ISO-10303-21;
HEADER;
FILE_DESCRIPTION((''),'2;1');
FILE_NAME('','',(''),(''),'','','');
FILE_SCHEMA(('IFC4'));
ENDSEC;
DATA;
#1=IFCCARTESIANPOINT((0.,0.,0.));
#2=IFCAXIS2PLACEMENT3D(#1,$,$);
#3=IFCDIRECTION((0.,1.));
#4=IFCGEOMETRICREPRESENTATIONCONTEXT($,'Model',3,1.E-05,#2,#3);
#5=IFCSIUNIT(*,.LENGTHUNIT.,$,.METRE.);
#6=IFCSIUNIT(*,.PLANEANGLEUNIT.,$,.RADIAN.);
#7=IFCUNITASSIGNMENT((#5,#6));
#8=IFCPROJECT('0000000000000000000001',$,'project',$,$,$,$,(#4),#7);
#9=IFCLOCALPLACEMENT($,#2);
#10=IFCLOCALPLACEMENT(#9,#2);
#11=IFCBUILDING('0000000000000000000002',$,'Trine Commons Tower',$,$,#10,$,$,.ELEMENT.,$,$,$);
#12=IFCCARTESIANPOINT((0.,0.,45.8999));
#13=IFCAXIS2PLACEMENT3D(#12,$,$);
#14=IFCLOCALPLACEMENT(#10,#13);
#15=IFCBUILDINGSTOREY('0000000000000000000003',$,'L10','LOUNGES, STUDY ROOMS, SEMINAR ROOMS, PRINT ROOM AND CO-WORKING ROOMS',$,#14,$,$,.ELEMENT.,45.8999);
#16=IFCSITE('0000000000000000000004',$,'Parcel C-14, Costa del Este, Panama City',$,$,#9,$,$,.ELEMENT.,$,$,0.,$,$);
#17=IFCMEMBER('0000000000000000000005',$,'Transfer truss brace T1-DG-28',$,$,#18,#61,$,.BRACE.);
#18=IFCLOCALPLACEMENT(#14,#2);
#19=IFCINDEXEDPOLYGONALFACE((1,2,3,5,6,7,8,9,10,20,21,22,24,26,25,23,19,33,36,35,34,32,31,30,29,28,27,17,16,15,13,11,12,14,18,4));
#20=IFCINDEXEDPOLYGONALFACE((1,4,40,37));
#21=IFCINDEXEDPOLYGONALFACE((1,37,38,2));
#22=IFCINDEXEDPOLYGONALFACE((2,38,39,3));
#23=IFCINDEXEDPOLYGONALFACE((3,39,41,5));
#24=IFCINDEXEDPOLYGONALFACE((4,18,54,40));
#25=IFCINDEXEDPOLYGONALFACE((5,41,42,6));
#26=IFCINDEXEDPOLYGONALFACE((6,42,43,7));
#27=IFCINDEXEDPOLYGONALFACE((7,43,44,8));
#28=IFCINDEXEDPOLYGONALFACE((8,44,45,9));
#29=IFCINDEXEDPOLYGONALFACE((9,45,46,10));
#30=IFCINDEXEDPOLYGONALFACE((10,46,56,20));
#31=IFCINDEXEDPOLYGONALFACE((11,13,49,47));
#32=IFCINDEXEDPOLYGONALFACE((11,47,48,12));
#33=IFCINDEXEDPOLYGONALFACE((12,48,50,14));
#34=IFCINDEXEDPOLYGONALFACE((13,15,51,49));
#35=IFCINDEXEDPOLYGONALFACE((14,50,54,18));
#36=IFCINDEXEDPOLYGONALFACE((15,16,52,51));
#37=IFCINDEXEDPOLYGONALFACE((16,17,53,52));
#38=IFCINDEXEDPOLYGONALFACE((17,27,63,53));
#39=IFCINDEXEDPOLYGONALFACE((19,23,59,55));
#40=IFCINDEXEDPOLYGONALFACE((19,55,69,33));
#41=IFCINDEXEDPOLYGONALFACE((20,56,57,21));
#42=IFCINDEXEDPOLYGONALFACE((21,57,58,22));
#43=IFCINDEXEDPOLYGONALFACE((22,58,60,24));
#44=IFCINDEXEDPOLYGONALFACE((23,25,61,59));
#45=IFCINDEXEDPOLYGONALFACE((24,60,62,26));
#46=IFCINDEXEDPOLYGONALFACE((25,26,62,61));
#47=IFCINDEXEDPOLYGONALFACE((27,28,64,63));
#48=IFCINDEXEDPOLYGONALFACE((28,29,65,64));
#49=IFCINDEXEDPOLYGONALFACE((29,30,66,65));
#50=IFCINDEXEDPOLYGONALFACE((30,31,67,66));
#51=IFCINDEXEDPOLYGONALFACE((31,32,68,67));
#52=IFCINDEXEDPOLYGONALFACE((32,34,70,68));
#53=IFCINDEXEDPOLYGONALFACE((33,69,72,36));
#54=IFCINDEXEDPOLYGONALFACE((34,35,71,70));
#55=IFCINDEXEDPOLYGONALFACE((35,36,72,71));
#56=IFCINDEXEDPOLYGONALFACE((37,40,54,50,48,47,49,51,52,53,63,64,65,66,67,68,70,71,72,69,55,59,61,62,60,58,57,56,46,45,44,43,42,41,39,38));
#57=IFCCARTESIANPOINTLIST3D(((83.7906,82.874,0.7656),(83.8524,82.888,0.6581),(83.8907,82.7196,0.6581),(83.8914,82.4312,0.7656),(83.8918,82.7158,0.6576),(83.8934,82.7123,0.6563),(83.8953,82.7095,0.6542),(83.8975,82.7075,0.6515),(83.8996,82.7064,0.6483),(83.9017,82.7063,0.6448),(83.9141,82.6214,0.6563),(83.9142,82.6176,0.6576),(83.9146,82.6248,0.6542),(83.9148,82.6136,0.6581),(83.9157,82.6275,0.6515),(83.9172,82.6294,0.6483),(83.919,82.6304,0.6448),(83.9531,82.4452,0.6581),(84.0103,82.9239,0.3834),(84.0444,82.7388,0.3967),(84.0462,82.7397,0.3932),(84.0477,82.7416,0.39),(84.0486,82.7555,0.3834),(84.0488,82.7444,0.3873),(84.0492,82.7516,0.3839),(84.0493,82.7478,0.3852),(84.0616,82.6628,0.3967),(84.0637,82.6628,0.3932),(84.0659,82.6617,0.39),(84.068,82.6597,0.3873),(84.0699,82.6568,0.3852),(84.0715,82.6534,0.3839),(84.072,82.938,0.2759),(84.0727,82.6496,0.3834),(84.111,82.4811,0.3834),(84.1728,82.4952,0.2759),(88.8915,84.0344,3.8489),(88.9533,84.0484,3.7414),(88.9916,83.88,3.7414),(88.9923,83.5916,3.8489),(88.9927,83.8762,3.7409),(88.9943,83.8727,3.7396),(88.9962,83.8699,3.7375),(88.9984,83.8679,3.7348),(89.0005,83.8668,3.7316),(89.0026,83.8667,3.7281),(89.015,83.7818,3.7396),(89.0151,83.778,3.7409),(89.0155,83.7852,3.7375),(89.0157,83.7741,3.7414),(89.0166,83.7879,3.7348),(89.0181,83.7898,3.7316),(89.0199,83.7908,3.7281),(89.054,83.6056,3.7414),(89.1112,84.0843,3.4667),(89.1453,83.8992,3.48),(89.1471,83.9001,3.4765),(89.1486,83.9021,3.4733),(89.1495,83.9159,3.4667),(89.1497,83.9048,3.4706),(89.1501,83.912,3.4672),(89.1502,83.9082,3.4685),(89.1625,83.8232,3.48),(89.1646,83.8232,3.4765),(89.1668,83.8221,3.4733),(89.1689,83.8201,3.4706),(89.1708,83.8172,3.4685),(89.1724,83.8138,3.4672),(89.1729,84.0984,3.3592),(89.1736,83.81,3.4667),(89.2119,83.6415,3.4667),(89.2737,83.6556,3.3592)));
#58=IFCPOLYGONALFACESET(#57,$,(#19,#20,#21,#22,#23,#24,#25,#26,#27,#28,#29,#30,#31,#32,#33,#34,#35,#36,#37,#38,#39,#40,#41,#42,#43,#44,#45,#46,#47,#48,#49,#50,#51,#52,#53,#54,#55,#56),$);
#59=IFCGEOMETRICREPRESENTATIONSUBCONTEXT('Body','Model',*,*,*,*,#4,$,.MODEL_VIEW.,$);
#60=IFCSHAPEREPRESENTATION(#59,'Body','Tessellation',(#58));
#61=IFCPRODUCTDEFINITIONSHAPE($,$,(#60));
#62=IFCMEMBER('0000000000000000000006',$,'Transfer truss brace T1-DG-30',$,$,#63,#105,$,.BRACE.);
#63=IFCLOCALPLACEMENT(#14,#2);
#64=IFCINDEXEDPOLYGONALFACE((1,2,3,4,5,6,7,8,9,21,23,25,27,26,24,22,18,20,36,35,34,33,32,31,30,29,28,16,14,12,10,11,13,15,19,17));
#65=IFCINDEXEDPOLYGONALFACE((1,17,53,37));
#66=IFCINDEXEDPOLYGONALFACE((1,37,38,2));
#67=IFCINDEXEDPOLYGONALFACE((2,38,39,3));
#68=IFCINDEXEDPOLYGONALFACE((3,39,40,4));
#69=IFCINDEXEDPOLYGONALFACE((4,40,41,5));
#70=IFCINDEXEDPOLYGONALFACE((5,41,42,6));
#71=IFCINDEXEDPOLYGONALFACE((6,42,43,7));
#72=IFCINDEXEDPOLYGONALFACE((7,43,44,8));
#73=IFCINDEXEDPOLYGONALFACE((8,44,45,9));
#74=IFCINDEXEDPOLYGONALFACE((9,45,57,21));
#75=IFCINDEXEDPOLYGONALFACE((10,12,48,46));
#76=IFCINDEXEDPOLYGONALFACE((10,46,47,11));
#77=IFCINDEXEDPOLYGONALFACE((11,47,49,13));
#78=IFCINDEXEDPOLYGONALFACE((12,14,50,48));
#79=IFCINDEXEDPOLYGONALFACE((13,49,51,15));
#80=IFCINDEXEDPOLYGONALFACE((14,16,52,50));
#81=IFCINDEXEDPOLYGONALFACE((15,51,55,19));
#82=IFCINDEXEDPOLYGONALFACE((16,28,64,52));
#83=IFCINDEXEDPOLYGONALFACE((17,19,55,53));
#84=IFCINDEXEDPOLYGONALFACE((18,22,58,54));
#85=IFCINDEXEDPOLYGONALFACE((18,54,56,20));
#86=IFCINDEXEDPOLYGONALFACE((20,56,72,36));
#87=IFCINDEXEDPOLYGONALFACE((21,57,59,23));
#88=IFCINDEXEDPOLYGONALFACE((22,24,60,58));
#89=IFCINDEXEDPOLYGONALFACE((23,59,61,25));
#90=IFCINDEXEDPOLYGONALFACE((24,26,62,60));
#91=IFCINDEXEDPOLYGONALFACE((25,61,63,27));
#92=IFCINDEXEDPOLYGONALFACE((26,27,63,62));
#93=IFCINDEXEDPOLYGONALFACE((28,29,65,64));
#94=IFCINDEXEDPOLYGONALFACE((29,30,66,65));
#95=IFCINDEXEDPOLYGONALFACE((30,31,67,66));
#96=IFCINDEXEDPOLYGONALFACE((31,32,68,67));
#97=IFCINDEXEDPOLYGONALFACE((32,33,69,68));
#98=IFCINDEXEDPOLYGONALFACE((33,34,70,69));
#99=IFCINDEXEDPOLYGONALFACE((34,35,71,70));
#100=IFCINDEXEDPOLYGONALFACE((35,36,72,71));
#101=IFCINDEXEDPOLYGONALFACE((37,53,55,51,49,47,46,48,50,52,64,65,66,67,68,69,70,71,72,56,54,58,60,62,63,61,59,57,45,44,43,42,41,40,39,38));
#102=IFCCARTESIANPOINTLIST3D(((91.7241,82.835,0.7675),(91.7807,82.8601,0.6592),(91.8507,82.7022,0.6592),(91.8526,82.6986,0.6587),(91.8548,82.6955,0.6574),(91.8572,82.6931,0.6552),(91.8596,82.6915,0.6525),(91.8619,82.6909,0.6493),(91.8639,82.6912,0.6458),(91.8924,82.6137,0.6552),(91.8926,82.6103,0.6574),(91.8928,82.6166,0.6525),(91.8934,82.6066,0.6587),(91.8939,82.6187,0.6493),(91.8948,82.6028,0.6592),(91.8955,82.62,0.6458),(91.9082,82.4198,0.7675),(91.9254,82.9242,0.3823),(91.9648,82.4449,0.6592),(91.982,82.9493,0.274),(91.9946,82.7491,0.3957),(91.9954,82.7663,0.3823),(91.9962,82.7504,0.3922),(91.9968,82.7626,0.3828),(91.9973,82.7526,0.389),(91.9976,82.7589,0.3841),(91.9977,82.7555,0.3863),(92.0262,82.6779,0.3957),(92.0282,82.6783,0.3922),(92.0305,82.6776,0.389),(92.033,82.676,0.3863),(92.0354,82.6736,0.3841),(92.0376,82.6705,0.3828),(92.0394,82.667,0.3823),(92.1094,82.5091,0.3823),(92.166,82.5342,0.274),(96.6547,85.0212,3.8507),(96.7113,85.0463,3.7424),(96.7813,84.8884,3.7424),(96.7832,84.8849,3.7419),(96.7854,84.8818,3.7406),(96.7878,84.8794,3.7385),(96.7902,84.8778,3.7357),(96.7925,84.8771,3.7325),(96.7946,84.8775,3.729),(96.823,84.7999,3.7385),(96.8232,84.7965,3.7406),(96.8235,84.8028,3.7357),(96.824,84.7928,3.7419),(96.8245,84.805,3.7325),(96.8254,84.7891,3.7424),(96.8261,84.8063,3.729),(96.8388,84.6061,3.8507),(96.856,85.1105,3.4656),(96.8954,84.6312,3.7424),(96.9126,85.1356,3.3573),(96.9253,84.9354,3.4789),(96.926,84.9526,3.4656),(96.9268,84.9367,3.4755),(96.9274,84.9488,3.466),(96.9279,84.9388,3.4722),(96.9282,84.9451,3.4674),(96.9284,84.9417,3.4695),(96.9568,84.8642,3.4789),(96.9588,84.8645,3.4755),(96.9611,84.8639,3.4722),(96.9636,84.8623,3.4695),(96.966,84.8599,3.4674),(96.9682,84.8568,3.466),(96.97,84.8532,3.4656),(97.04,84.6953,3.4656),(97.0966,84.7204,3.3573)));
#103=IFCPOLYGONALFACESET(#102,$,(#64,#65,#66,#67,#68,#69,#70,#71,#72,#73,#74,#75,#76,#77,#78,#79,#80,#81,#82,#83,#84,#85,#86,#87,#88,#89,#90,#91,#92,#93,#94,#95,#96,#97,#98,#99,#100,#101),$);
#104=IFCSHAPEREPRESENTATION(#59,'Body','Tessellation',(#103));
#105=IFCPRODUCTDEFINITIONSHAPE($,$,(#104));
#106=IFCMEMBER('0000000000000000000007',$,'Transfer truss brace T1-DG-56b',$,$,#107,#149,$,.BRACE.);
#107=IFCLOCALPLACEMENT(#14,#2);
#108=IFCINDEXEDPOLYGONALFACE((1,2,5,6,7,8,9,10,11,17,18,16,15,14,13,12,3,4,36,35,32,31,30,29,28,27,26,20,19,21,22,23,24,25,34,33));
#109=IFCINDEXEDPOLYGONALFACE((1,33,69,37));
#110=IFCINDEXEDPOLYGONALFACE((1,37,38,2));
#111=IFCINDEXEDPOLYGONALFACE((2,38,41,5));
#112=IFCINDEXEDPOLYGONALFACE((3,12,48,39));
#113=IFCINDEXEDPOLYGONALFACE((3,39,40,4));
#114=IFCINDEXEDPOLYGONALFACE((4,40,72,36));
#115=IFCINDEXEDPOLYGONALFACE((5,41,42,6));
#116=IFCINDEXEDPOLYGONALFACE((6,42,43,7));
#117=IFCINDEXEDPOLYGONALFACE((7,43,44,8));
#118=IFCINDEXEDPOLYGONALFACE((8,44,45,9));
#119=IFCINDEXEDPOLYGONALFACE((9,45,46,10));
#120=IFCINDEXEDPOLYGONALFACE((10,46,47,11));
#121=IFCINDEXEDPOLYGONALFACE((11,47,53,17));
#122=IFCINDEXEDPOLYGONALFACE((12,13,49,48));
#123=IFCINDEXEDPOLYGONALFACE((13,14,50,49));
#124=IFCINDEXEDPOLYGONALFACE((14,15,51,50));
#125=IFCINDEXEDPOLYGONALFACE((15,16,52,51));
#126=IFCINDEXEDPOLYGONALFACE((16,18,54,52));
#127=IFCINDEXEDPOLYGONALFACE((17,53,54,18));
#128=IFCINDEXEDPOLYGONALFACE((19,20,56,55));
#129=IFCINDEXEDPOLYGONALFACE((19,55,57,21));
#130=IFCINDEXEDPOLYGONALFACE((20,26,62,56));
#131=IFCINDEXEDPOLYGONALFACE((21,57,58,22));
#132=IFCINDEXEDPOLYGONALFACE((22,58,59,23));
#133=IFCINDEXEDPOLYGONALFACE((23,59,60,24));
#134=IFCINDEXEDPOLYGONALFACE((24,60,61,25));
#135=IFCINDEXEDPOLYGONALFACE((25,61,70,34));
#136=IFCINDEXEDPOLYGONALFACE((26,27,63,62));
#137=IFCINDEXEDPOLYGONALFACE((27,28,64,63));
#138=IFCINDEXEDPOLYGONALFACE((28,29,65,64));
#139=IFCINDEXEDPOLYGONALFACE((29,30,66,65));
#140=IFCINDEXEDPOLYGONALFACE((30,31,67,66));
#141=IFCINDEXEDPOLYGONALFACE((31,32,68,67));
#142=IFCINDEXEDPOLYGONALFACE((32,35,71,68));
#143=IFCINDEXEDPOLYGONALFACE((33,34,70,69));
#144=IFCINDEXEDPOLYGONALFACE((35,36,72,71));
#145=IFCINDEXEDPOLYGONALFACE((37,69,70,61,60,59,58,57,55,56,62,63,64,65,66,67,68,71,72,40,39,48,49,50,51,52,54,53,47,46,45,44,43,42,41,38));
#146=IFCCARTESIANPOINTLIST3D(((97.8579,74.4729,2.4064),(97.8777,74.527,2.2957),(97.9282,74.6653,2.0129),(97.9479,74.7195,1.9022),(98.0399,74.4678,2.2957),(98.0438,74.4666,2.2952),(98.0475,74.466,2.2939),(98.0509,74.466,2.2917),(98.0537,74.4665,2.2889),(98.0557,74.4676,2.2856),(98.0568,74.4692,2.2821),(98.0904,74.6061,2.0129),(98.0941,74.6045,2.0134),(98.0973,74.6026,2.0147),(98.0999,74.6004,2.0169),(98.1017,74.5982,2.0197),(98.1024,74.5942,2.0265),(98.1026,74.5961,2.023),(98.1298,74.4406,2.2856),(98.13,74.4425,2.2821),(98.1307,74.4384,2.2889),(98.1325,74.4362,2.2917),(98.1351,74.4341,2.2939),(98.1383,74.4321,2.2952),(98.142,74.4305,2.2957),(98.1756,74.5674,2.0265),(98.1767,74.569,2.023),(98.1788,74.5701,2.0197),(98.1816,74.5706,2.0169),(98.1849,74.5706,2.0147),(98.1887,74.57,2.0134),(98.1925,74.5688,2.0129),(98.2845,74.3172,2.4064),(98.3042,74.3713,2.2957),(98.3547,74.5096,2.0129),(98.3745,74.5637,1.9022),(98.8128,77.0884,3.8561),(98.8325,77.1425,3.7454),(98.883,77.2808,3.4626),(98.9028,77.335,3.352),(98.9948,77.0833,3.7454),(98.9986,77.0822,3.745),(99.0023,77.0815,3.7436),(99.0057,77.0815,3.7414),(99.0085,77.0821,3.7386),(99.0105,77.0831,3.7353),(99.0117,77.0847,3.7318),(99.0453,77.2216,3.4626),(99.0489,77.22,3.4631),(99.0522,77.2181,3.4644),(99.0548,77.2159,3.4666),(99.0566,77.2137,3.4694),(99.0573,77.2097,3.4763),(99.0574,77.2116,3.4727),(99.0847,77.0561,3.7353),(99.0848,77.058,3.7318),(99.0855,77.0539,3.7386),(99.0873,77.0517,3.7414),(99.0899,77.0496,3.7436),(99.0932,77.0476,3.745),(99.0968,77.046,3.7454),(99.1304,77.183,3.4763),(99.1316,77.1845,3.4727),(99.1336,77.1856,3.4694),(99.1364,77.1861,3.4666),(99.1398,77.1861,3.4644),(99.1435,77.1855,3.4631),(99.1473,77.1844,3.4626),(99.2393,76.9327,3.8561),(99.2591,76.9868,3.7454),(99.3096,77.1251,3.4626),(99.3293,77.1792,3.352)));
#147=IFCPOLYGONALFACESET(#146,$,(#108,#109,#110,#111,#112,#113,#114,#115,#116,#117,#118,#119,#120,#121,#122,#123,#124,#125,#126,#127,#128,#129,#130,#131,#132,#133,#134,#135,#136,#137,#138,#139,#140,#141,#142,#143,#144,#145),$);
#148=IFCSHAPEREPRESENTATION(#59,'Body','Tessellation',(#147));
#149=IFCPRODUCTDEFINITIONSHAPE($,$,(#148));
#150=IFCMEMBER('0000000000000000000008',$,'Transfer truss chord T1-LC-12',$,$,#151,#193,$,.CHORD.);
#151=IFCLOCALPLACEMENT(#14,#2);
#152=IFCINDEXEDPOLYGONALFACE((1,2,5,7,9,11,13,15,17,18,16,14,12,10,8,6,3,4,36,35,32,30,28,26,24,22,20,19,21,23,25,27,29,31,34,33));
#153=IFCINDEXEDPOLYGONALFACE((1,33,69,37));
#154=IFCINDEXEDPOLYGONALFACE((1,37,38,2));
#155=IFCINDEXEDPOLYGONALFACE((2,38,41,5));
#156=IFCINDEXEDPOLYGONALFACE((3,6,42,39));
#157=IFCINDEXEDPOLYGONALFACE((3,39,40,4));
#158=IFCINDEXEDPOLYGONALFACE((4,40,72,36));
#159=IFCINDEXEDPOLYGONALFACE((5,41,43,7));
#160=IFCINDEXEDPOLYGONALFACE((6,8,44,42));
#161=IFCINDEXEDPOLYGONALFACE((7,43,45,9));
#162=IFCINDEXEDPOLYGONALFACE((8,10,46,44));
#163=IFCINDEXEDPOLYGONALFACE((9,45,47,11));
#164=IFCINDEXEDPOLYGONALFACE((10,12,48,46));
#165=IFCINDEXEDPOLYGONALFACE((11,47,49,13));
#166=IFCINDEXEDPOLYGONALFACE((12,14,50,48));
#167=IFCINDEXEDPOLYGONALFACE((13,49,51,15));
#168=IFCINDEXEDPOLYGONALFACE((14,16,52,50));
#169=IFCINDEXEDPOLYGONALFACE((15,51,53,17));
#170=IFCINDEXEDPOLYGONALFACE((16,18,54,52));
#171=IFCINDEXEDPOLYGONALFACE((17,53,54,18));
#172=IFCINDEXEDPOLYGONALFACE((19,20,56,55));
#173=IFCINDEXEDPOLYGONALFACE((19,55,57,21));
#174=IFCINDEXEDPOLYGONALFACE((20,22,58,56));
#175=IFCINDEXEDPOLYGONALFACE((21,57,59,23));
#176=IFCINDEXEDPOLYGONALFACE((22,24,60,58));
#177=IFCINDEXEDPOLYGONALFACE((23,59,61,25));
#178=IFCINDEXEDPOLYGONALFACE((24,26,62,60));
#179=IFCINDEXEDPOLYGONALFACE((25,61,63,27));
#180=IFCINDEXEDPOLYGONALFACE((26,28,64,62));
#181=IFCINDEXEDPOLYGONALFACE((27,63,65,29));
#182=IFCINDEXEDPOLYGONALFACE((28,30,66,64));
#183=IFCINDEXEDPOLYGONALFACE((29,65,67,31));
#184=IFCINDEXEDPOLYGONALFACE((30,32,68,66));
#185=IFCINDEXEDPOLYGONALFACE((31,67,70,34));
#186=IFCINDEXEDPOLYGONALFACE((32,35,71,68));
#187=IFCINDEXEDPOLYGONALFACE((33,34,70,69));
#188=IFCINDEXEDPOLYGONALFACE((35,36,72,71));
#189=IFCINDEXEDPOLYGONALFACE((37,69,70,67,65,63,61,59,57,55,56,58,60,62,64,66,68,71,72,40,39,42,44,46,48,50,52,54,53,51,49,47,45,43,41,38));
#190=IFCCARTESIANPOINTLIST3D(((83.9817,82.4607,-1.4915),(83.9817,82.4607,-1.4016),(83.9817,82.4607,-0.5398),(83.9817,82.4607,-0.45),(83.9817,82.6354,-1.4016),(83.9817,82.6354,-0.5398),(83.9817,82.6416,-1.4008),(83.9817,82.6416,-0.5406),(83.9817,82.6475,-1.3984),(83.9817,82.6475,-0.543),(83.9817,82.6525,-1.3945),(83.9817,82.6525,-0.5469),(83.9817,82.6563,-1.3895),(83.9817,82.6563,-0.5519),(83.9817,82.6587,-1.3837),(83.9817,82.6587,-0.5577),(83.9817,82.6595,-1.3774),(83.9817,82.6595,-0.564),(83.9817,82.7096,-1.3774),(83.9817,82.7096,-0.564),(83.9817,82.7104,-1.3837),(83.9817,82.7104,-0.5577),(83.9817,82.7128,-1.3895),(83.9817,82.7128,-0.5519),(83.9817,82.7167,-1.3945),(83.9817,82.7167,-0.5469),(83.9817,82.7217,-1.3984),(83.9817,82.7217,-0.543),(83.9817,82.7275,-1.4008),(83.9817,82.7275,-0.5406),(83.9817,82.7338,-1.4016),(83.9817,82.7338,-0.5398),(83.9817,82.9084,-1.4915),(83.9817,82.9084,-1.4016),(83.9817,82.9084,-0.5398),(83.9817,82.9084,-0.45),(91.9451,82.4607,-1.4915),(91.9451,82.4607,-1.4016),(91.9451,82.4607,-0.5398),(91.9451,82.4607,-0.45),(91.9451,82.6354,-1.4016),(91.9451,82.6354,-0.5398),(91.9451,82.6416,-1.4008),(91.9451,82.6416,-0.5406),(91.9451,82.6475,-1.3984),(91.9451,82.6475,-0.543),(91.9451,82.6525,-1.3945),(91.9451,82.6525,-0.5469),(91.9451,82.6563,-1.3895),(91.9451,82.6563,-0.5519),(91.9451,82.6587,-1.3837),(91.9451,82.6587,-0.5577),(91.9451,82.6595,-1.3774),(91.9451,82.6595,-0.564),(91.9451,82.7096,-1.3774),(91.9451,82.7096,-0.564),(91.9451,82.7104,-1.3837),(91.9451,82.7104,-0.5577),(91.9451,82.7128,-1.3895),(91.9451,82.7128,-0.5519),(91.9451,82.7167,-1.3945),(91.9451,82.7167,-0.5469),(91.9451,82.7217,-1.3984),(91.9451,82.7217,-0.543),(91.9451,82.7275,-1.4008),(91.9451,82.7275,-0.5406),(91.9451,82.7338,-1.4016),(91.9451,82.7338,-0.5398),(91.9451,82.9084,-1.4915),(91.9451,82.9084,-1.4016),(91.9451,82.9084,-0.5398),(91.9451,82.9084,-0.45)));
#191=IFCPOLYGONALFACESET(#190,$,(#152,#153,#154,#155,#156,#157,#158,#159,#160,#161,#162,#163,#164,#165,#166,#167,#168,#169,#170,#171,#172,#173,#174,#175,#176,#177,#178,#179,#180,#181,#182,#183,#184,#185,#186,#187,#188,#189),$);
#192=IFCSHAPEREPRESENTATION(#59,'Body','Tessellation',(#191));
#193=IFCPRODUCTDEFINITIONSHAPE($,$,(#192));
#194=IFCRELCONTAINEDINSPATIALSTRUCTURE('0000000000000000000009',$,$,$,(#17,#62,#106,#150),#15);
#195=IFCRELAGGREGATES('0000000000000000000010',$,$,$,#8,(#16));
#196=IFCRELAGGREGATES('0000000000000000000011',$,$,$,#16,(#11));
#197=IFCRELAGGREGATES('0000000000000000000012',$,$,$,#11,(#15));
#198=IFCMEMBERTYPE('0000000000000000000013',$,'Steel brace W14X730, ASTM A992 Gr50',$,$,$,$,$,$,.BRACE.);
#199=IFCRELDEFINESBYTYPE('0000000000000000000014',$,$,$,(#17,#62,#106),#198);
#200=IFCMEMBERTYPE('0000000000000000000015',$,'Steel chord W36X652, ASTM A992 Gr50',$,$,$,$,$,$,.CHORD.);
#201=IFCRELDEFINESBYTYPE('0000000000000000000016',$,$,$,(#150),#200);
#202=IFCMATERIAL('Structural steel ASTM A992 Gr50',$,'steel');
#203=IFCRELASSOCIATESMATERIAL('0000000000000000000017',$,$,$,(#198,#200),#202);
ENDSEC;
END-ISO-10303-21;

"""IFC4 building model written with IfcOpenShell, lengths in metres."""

from ifc_helpers import new_model, si_unit, direction, frame, origin, origin_2d, place, context, subcontext, project, spatial, i_section, extrude, material, material_profile, profile_set, type_object, element, save


model = new_model("IFC4")

# Units and contexts
model_context = context("Model", 3, precision=1e-05, world=origin(), true_north=direction((0.0, 1.0)))
body_context = subcontext(model_context, "Body", "Model", "MODEL_VIEW")
ifc_project = project(units=[si_unit("LENGTHUNIT", "METRE"), si_unit("PLANEANGLEUNIT", "RADIAN")], contexts=[model_context])

# Site, building, storey
site_placement = place(None, origin())
site = spatial("IfcSite", under=ifc_project, at=site_placement, Name="Parcel C-14, Costa del Este, Panama City", CompositionType="ELEMENT", RefElevation=0.0)
building_placement = place(site_placement, origin())
building = spatial("IfcBuilding", under=site, at=building_placement, Name="Trine Commons Tower", CompositionType="ELEMENT")
storey_placement = place(building_placement, frame((0.0, 0.0, 45.8999)))
storey = spatial("IfcBuildingStorey", under=building, at=storey_placement, Name="L10", Description="LOUNGES, STUDY ROOMS, SEMINAR ROOMS, PRINT ROOM AND CO-WORKING ROOMS", CompositionType="ELEMENT", Elevation=45.8999)

# Members
ifc_material_1 = material(Name="Structural steel ASTM A992 Gr50", Category="steel")
ifc_material_profile_1 = material_profile(ifc_material_1, i_section(OverallWidth=0.4541, OverallDepth=0.5684, WebThickness=0.0779, FlangeThickness=0.1248, FilletRadius=0.0154, at=origin_2d()), Name="W14X730")
ifc_profile_set_1 = profile_set([ifc_material_profile_1], Name="Structural steel ASTM A992 Gr50")
member_type_1 = type_object("IfcMemberType", Name="Steel brace W14X730, ASTM A992 Gr50", PredefinedType="BRACE", material=ifc_profile_set_1)
member_1_placement = place(storey_placement, frame((83.9817, 82.6846, 0.5208), z_axis=(0.840032, 0.191101, 0.507766), x_axis=(-0.221825, 0.975087, 0.0)))
element("IfcMember", 1, at=member_1_placement, inside=storey, type_object=member_type_1, Name="Transfer truss brace T1-DG-28", PredefinedType="BRACE", context=body_context, shape_type="SweptSolid", body=[
    extrude(i_section(OverallWidth=0.4541, OverallDepth=0.5684, WebThickness=0.0779, FlangeThickness=0.1248, FilletRadius=0.0154, at=origin_2d()), origin(), (0.0, 0.0, 1.0), 6.0723),
])
member_2_placement = place(storey_placement, frame((91.9451, 82.6846, 0.5208), z_axis=(0.793642, 0.351905, 0.496282), x_axis=(-0.405345, 0.914164, 0.0)))
element("IfcMember", 2, at=member_2_placement, inside=storey, type_object=member_type_1, Name="Transfer truss brace T1-DG-30", PredefinedType="BRACE", context=body_context, shape_type="SweptSolid", body=[
    extrude(i_section(OverallWidth=0.4541, OverallDepth=0.5684, WebThickness=0.0779, FlangeThickness=0.1248, FilletRadius=0.0154, at=origin_2d()), origin(), (0.0, 0.0, 1.0), 6.2126),
])
member_3_placement = place(storey_placement, frame((98.1162, 74.5183, 2.1543), z_axis=(0.304172, 0.833188, 0.461819), x_axis=(-0.93936, 0.342933, 0.0)))
element("IfcMember", 3, at=member_3_placement, inside=storey, type_object=member_type_1, Name="Transfer truss brace T1-DG-56b", PredefinedType="BRACE", context=body_context, shape_type="SweptSolid", body=[
    extrude(i_section(OverallWidth=0.4541, OverallDepth=0.5684, WebThickness=0.0779, FlangeThickness=0.1248, FilletRadius=0.0154, at=origin_2d()), origin(), (0.0, 0.0, 1.0), 3.1392),
])
ifc_material_profile_2 = material_profile(ifc_material_1, i_section(OverallWidth=0.4478, OverallDepth=1.0415, WebThickness=0.05, FlangeThickness=0.0898, FilletRadius=0.0242, at=origin_2d()), Name="W36X652")
ifc_profile_set_2 = profile_set([ifc_material_profile_2], Name="Structural steel ASTM A992 Gr50")
member_type_2 = type_object("IfcMemberType", Name="Steel chord W36X652, ASTM A992 Gr50", PredefinedType="CHORD", material=ifc_profile_set_2)
for number, where, z_axis, x_axis, name in (
    (4, (83.9817, 82.6846, -0.9707), (1.0, 0.0, 0.0), (0.0, 1.0, 0.0), "Transfer truss chord T1-LC-12"),
):
    element("IfcMember", number, at=place(storey_placement, frame(where, z_axis=z_axis, x_axis=x_axis)), inside=storey, type_object=member_type_2, Name=name, PredefinedType="CHORD", context=body_context, shape_type="SweptSolid", body=[
        extrude(i_section(OverallWidth=0.4478, OverallDepth=1.0415, WebThickness=0.05, FlangeThickness=0.0898, FilletRadius=0.0242, at=origin_2d()), origin(), (0.0, 0.0, 1.0), 7.9634),
    ])

save(model, "model.ifc")
